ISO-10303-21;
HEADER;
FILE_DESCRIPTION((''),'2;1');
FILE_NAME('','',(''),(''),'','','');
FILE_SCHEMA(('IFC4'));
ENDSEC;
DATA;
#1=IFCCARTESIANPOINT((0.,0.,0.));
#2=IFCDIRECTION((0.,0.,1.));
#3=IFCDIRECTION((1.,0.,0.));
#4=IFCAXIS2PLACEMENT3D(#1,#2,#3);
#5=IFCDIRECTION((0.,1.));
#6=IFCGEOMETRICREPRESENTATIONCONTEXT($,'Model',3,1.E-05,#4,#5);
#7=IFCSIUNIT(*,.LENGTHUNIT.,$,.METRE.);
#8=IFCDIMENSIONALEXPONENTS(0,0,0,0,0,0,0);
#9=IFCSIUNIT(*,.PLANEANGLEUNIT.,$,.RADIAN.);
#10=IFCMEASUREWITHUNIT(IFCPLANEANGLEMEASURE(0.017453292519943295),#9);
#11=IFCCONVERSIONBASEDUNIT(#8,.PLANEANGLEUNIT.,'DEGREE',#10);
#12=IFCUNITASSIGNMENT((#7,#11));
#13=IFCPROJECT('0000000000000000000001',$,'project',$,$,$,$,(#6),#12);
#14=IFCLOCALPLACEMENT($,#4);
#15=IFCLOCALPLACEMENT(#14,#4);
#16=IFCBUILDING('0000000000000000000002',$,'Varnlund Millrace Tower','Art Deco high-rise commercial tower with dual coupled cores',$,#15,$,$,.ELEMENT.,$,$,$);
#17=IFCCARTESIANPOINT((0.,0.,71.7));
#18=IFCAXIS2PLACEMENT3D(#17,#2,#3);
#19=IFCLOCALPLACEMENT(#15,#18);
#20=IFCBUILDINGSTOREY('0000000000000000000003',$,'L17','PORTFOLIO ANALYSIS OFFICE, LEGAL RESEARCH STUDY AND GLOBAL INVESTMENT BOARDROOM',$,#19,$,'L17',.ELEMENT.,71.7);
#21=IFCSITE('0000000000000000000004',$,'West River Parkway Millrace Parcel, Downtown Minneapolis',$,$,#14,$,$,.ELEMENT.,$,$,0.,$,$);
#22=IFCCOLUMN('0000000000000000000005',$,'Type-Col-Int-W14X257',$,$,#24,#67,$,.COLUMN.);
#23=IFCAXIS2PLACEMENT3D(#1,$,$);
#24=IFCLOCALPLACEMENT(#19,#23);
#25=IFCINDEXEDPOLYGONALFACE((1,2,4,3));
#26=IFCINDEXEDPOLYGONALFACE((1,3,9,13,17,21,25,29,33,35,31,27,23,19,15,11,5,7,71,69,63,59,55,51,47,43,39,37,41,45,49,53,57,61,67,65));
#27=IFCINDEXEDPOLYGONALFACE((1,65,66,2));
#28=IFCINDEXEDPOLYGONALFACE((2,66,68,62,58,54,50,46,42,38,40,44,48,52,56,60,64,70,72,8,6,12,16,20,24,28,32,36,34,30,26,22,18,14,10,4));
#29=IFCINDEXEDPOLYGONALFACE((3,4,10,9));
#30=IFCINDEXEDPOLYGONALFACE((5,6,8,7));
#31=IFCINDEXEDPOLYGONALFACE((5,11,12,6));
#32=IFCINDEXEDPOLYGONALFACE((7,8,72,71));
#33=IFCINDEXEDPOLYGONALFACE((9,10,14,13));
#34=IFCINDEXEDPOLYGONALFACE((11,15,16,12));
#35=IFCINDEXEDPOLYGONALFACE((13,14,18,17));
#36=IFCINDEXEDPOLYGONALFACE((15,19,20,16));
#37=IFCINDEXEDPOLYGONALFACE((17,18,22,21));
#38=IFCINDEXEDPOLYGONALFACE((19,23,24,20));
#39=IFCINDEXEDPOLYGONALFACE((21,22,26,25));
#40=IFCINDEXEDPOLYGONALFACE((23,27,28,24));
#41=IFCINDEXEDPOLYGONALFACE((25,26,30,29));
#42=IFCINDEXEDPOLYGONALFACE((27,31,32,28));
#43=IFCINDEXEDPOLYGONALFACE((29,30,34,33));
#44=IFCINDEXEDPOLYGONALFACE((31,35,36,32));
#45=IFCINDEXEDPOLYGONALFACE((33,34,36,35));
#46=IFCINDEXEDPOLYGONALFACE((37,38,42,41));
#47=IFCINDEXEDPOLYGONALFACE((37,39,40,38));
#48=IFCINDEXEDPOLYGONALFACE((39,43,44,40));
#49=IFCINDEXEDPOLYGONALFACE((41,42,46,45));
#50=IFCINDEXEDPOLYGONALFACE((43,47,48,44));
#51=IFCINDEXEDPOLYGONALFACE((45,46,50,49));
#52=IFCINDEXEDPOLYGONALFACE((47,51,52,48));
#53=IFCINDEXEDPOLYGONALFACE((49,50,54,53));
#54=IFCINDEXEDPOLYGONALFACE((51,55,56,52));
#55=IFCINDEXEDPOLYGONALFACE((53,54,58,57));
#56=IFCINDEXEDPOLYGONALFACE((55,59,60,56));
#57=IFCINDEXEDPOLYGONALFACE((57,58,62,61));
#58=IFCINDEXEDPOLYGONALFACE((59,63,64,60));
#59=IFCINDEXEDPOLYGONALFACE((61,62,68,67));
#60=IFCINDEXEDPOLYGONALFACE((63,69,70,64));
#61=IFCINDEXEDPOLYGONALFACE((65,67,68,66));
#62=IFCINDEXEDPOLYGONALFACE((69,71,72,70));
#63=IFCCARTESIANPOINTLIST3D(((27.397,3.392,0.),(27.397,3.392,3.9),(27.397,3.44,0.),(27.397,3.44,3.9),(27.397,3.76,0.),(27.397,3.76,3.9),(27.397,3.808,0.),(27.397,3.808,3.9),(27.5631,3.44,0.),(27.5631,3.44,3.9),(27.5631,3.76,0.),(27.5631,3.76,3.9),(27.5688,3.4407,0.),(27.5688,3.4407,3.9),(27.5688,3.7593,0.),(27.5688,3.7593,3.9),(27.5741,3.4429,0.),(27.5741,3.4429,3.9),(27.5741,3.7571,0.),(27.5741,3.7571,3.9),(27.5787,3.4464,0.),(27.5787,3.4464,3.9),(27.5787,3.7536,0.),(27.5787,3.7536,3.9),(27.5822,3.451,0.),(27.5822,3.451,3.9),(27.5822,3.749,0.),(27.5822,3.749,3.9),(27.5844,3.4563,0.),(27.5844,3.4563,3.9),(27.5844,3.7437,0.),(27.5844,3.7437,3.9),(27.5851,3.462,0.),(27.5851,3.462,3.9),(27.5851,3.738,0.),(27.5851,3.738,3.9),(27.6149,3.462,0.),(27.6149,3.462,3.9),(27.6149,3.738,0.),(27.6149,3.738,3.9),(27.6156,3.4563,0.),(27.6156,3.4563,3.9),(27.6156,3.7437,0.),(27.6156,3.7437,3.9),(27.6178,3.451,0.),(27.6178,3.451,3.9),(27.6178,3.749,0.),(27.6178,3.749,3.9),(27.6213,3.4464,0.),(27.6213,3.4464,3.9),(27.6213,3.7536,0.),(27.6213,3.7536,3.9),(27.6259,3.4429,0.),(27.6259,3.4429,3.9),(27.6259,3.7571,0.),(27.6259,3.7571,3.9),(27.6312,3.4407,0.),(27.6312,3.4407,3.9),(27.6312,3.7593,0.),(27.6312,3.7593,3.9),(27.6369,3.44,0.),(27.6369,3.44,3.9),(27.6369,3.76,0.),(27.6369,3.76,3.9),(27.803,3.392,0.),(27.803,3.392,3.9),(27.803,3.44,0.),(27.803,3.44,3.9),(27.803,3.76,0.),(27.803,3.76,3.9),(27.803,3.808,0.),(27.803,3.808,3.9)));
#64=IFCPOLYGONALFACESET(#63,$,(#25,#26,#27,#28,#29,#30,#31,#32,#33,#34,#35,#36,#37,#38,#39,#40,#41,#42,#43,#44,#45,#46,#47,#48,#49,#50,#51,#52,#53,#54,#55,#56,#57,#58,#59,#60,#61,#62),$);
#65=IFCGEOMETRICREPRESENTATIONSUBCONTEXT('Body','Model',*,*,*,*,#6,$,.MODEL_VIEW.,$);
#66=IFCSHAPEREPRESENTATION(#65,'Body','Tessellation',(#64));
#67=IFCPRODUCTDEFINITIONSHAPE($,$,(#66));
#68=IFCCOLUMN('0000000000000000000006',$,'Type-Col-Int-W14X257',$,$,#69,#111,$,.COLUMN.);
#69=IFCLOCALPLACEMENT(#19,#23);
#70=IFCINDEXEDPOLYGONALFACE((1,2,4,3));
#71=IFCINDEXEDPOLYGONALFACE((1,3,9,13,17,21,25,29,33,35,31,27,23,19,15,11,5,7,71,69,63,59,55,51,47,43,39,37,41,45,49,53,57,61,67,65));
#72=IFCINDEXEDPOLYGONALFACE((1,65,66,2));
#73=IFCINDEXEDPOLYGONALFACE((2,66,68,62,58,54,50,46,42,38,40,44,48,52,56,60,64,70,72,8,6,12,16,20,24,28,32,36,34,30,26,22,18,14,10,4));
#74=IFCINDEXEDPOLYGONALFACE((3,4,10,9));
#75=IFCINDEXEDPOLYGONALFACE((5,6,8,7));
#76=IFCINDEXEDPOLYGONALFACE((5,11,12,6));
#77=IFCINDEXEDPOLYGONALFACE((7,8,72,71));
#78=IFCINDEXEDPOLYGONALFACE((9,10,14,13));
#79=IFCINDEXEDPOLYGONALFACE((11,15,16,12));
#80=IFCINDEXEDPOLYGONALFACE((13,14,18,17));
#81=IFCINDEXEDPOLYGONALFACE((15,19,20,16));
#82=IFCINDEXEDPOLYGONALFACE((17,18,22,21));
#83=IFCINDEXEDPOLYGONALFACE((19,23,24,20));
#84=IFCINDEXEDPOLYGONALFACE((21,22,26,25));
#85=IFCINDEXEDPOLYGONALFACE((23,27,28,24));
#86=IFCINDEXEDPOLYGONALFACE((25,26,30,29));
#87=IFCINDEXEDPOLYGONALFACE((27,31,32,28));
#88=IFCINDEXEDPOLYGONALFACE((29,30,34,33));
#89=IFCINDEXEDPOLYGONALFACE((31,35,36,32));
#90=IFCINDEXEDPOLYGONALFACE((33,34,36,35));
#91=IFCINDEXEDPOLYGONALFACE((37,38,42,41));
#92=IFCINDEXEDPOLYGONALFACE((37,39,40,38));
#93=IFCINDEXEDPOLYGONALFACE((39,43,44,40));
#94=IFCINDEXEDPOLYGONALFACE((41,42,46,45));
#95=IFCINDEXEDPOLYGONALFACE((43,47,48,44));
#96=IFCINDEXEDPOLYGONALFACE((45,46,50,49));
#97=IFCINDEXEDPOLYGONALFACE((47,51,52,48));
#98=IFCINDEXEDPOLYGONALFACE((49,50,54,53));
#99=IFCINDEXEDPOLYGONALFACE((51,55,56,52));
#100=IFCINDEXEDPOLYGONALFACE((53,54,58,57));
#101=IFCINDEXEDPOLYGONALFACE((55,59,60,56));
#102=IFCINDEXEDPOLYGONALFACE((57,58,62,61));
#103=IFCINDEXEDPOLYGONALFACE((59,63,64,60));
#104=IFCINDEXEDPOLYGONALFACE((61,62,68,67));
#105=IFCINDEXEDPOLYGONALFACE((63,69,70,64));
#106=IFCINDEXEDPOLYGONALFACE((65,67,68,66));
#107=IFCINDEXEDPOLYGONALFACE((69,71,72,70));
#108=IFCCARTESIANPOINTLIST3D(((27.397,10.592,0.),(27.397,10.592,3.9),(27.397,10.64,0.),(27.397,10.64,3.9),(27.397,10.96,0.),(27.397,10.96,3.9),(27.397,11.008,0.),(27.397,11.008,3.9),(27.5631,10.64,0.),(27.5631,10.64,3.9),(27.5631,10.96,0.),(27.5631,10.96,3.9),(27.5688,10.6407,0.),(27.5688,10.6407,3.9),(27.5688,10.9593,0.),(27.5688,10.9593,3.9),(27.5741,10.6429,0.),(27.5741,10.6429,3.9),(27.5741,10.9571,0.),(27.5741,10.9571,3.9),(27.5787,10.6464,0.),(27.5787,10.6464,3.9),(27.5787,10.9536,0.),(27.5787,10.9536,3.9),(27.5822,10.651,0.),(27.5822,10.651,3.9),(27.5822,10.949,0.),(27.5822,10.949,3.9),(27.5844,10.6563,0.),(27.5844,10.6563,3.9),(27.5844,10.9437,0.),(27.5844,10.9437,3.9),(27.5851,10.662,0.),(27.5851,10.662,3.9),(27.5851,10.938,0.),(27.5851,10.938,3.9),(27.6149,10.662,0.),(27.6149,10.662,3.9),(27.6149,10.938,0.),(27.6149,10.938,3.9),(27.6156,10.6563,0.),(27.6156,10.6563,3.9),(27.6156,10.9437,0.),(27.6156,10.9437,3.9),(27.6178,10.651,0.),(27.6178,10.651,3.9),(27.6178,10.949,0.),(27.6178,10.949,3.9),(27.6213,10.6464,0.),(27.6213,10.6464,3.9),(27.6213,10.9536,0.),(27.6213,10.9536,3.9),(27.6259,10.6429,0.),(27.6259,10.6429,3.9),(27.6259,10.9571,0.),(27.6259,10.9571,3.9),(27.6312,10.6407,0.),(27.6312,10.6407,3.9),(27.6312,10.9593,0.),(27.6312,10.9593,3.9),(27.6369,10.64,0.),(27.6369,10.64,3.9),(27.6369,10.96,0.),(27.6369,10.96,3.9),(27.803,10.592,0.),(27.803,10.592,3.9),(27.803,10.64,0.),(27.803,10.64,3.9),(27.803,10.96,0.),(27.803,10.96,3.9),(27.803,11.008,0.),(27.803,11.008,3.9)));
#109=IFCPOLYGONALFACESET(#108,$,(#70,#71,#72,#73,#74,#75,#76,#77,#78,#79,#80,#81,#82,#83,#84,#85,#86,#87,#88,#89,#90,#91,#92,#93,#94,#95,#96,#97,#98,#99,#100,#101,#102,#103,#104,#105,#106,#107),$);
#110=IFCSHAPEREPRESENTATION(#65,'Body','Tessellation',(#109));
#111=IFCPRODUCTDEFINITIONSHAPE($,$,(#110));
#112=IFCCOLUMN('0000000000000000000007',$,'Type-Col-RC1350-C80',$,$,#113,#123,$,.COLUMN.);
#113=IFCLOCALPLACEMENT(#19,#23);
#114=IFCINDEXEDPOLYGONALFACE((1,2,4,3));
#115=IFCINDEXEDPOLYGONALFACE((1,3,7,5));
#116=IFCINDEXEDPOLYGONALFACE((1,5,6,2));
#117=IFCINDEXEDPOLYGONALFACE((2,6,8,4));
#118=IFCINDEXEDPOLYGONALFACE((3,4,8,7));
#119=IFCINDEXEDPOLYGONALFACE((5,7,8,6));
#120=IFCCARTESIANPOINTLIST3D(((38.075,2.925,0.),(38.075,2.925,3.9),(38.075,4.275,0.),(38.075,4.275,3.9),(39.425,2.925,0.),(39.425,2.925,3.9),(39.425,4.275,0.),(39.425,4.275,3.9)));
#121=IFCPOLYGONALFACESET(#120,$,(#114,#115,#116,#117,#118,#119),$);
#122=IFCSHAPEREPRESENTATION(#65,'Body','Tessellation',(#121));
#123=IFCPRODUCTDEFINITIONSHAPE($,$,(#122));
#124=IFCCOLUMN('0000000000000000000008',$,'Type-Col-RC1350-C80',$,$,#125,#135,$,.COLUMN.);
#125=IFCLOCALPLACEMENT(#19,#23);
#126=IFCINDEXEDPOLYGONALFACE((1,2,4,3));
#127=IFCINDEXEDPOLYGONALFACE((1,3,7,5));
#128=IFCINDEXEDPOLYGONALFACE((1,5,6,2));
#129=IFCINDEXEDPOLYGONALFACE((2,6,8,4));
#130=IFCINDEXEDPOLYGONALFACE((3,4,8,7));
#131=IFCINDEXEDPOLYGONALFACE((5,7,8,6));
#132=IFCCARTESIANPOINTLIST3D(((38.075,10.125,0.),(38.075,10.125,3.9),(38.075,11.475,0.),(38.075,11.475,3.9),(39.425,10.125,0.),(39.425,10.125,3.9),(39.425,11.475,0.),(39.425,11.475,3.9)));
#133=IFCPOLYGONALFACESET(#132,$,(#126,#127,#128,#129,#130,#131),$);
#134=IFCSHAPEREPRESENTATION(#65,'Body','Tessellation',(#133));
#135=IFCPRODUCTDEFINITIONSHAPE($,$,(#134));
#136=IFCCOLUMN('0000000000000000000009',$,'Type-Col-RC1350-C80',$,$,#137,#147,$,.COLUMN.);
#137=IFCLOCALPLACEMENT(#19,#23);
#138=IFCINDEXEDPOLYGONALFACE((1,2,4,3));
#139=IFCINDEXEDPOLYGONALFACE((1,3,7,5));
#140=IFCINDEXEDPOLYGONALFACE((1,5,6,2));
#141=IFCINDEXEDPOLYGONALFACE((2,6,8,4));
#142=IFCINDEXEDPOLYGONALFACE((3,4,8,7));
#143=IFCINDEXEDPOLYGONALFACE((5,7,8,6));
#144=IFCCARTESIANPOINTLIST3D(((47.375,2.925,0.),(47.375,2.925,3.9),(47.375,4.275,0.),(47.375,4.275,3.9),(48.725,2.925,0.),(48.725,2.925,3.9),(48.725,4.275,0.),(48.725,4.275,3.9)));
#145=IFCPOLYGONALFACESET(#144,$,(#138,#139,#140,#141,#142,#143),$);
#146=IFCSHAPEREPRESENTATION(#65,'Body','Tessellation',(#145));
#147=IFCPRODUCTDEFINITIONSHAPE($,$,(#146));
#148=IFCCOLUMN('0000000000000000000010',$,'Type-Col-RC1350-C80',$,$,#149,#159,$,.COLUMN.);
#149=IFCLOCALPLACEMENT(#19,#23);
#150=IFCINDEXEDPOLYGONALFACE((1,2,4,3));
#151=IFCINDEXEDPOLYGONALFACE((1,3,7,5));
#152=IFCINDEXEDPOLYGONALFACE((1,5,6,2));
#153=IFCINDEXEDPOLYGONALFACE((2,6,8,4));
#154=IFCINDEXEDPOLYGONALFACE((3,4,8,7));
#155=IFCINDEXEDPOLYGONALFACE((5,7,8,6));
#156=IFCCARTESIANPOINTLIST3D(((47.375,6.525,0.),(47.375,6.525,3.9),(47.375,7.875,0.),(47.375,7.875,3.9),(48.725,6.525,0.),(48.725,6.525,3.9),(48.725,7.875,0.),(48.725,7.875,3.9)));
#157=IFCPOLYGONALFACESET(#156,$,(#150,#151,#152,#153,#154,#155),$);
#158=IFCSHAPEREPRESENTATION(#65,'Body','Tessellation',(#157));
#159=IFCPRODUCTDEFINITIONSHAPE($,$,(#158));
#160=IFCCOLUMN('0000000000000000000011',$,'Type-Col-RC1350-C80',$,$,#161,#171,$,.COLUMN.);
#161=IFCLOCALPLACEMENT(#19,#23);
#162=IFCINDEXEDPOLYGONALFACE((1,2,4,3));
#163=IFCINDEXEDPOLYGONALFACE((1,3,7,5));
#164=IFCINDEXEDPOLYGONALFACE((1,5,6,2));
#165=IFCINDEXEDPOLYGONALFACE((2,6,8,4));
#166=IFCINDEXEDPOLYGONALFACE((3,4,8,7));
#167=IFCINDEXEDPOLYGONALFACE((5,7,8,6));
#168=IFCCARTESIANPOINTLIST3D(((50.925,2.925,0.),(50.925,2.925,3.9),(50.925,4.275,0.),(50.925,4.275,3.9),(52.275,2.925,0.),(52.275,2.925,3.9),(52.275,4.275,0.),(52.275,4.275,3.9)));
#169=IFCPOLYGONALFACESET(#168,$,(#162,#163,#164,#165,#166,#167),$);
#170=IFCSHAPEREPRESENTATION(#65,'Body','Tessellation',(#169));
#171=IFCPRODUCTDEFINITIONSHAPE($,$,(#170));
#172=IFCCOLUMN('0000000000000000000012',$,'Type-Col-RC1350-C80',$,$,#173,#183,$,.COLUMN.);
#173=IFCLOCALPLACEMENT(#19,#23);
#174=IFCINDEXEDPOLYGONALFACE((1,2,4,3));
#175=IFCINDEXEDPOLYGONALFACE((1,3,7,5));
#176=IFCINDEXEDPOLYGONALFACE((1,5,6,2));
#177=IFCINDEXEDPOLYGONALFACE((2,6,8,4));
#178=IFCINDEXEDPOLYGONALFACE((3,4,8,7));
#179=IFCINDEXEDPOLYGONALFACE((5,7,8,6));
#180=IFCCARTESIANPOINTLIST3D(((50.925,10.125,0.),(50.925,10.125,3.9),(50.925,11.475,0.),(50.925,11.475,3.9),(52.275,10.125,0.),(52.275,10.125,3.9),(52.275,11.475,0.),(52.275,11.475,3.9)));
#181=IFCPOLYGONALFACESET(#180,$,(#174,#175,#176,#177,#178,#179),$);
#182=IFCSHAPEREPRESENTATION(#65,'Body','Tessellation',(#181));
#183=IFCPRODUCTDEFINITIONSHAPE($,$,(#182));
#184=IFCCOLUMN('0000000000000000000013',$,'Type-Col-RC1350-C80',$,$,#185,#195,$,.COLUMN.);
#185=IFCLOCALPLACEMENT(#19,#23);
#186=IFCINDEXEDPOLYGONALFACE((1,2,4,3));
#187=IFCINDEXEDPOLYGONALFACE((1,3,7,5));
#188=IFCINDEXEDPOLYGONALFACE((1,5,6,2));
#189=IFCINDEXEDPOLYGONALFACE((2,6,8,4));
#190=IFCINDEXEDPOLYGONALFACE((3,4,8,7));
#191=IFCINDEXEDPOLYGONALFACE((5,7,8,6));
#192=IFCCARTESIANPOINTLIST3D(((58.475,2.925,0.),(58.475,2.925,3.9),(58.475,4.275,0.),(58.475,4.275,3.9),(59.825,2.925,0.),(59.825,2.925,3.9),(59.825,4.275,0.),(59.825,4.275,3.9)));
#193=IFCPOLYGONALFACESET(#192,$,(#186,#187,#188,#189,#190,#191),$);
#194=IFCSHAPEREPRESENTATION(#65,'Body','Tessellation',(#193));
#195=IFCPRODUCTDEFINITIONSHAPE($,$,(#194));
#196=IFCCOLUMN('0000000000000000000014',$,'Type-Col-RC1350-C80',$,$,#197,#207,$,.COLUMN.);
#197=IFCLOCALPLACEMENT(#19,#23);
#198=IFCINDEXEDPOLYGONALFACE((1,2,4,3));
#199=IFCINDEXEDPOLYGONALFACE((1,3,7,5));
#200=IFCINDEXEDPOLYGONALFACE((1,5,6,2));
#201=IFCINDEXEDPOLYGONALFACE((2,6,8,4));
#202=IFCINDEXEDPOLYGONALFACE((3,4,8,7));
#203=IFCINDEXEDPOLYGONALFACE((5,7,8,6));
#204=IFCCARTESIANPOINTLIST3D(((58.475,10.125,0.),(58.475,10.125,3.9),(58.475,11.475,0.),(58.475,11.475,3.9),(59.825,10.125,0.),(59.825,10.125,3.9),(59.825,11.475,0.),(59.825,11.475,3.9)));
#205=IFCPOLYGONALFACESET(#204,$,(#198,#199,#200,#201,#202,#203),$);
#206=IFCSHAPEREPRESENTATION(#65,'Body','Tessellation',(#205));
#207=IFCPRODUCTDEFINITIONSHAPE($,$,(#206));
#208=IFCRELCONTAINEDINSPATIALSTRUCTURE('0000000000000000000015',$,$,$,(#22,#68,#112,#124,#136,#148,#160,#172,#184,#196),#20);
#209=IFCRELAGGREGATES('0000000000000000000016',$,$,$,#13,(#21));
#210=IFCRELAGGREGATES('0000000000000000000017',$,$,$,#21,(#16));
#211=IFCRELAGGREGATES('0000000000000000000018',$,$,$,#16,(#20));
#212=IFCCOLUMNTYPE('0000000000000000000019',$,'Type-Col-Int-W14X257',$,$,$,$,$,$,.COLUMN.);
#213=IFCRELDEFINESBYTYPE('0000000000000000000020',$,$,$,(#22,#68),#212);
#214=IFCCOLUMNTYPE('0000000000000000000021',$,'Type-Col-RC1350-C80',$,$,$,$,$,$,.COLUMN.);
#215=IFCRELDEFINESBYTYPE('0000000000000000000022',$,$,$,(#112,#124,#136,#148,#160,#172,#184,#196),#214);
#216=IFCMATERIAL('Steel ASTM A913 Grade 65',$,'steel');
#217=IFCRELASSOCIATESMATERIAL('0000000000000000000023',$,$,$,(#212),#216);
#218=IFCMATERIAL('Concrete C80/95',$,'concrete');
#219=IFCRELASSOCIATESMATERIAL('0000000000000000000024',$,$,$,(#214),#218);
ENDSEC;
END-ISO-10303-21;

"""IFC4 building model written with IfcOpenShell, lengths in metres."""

from ifc_helpers import new_model, entity, si_unit, converted_unit, direction, frame, origin_with_axes, origin_2d_with_axis, place, context, subcontext, project, spatial, rectangle, i_section, extrude, material, material_profile, profile_set, type_object, element, save


model = new_model("IFC4")

# Units and contexts
model_context = context("Model", 3, precision=1e-05, world=origin_with_axes(), true_north=direction((0.0, 1.0)))
body_context = subcontext(model_context, "Body", "Model", "MODEL_VIEW")
ifc_project = project(units=[si_unit("LENGTHUNIT", "METRE"), converted_unit("PLANEANGLEUNIT", "DEGREE", entity("IfcPlaneAngleMeasure", 0.017453292519943295), si_unit("PLANEANGLEUNIT", "RADIAN"), dimensions=[0, 0, 0, 0, 0, 0, 0])], contexts=[model_context])

# Site, building, storey
site_placement = place(None, origin_with_axes())
site = spatial("IfcSite", under=ifc_project, at=site_placement, Name="West River Parkway Millrace Parcel, Downtown Minneapolis", CompositionType="ELEMENT", RefElevation=0.0)
building_placement = place(site_placement, origin_with_axes())
building = spatial("IfcBuilding", under=site, at=building_placement, Name="Varnlund Millrace Tower", Description="Art Deco high-rise commercial tower with dual coupled cores", CompositionType="ELEMENT")
storey_placement = place(building_placement, frame((0.0, 0.0, 71.7), z_axis=(0.0, 0.0, 1.0), x_axis=(1.0, 0.0, 0.0)))
storey = spatial("IfcBuildingStorey", under=building, at=storey_placement, Name="L17", Description="PORTFOLIO ANALYSIS OFFICE, LEGAL RESEARCH STUDY AND GLOBAL INVESTMENT BOARDROOM", LongName="L17", CompositionType="ELEMENT", Elevation=71.7)

# Columns
ifc_material_1 = material(Name="Steel ASTM A913 Grade 65", Category="steel")
ifc_material_profile_1 = material_profile(ifc_material_1, i_section(OverallWidth=0.406, OverallDepth=0.416, WebThickness=0.0298, FlangeThickness=0.048, FilletRadius=0.022, at=origin_2d_with_axis()), Name="Steel ASTM A913 Grade 65")
ifc_profile_set_1 = profile_set([ifc_material_profile_1], Name="Steel ASTM A913 Grade 65")
column_type_1 = type_object("IfcColumnType", Name="Type-Col-Int-W14X257", PredefinedType="COLUMN", material=ifc_profile_set_1)
for number, where, z_axis, x_axis, name in (
    (1, (27.6, 3.6, 0.0), (0.0, 0.0, 1.0), (1.0, 0.0, 0.0), "Type-Col-Int-W14X257"),
    (2, (27.6, 10.8, 0.0), (0.0, 0.0, 1.0), (1.0, 0.0, 0.0), "Type-Col-Int-W14X257"),
):
    element("IfcColumn", number, at=place(storey_placement, frame(where, z_axis=z_axis, x_axis=x_axis)), inside=storey, type_object=column_type_1, Name=name, PredefinedType="COLUMN", context=body_context, shape_type="SweptSolid", body=[
        extrude(i_section(OverallWidth=0.406, OverallDepth=0.416, WebThickness=0.0298, FlangeThickness=0.048, FilletRadius=0.022, at=origin_2d_with_axis()), origin_with_axes(), (0.0, 0.0, 1.0), 3.9),
    ])
ifc_material_2 = material(Name="Concrete C80/95", Category="concrete")
ifc_material_profile_2 = material_profile(ifc_material_2, rectangle(XDim=1.35, YDim=1.35, at=origin_2d_with_axis()), Name="Concrete C80/95")
ifc_profile_set_2 = profile_set([ifc_material_profile_2], Name="Concrete C80/95")
column_type_2 = type_object("IfcColumnType", Name="Type-Col-RC1350-C80", PredefinedType="COLUMN", material=ifc_profile_set_2)
for number, where, z_axis, x_axis, name in (
    (3, (38.75, 3.6, 0.0), (0.0, 0.0, 1.0), (1.0, 0.0, 0.0), "Type-Col-RC1350-C80"),
    (4, (38.75, 10.8, 0.0), (0.0, 0.0, 1.0), (1.0, 0.0, 0.0), "Type-Col-RC1350-C80"),
    (5, (48.05, 3.6, 0.0), (0.0, 0.0, 1.0), (1.0, 0.0, 0.0), "Type-Col-RC1350-C80"),
    (6, (48.05, 7.2, 0.0), (0.0, 0.0, 1.0), (1.0, 0.0, 0.0), "Type-Col-RC1350-C80"),
    (7, (51.6, 3.6, 0.0), (0.0, 0.0, 1.0), (1.0, 0.0, 0.0), "Type-Col-RC1350-C80"),
    (8, (51.6, 10.8, 0.0), (0.0, 0.0, 1.0), (1.0, 0.0, 0.0), "Type-Col-RC1350-C80"),
    (9, (59.15, 3.6, 0.0), (0.0, 0.0, 1.0), (1.0, 0.0, 0.0), "Type-Col-RC1350-C80"),
    (10, (59.15, 10.8, 0.0), (0.0, 0.0, 1.0), (1.0, 0.0, 0.0), "Type-Col-RC1350-C80"),
):
    element("IfcColumn", number, at=place(storey_placement, frame(where, z_axis=z_axis, x_axis=x_axis)), inside=storey, type_object=column_type_2, Name=name, PredefinedType="COLUMN", context=body_context, shape_type="SweptSolid", body=[
        extrude(rectangle(XDim=1.35, YDim=1.35, at=origin_2d_with_axis()), origin_with_axes(), (0.0, 0.0, 1.0), 3.9),
    ])

save(model, "model.ifc")
